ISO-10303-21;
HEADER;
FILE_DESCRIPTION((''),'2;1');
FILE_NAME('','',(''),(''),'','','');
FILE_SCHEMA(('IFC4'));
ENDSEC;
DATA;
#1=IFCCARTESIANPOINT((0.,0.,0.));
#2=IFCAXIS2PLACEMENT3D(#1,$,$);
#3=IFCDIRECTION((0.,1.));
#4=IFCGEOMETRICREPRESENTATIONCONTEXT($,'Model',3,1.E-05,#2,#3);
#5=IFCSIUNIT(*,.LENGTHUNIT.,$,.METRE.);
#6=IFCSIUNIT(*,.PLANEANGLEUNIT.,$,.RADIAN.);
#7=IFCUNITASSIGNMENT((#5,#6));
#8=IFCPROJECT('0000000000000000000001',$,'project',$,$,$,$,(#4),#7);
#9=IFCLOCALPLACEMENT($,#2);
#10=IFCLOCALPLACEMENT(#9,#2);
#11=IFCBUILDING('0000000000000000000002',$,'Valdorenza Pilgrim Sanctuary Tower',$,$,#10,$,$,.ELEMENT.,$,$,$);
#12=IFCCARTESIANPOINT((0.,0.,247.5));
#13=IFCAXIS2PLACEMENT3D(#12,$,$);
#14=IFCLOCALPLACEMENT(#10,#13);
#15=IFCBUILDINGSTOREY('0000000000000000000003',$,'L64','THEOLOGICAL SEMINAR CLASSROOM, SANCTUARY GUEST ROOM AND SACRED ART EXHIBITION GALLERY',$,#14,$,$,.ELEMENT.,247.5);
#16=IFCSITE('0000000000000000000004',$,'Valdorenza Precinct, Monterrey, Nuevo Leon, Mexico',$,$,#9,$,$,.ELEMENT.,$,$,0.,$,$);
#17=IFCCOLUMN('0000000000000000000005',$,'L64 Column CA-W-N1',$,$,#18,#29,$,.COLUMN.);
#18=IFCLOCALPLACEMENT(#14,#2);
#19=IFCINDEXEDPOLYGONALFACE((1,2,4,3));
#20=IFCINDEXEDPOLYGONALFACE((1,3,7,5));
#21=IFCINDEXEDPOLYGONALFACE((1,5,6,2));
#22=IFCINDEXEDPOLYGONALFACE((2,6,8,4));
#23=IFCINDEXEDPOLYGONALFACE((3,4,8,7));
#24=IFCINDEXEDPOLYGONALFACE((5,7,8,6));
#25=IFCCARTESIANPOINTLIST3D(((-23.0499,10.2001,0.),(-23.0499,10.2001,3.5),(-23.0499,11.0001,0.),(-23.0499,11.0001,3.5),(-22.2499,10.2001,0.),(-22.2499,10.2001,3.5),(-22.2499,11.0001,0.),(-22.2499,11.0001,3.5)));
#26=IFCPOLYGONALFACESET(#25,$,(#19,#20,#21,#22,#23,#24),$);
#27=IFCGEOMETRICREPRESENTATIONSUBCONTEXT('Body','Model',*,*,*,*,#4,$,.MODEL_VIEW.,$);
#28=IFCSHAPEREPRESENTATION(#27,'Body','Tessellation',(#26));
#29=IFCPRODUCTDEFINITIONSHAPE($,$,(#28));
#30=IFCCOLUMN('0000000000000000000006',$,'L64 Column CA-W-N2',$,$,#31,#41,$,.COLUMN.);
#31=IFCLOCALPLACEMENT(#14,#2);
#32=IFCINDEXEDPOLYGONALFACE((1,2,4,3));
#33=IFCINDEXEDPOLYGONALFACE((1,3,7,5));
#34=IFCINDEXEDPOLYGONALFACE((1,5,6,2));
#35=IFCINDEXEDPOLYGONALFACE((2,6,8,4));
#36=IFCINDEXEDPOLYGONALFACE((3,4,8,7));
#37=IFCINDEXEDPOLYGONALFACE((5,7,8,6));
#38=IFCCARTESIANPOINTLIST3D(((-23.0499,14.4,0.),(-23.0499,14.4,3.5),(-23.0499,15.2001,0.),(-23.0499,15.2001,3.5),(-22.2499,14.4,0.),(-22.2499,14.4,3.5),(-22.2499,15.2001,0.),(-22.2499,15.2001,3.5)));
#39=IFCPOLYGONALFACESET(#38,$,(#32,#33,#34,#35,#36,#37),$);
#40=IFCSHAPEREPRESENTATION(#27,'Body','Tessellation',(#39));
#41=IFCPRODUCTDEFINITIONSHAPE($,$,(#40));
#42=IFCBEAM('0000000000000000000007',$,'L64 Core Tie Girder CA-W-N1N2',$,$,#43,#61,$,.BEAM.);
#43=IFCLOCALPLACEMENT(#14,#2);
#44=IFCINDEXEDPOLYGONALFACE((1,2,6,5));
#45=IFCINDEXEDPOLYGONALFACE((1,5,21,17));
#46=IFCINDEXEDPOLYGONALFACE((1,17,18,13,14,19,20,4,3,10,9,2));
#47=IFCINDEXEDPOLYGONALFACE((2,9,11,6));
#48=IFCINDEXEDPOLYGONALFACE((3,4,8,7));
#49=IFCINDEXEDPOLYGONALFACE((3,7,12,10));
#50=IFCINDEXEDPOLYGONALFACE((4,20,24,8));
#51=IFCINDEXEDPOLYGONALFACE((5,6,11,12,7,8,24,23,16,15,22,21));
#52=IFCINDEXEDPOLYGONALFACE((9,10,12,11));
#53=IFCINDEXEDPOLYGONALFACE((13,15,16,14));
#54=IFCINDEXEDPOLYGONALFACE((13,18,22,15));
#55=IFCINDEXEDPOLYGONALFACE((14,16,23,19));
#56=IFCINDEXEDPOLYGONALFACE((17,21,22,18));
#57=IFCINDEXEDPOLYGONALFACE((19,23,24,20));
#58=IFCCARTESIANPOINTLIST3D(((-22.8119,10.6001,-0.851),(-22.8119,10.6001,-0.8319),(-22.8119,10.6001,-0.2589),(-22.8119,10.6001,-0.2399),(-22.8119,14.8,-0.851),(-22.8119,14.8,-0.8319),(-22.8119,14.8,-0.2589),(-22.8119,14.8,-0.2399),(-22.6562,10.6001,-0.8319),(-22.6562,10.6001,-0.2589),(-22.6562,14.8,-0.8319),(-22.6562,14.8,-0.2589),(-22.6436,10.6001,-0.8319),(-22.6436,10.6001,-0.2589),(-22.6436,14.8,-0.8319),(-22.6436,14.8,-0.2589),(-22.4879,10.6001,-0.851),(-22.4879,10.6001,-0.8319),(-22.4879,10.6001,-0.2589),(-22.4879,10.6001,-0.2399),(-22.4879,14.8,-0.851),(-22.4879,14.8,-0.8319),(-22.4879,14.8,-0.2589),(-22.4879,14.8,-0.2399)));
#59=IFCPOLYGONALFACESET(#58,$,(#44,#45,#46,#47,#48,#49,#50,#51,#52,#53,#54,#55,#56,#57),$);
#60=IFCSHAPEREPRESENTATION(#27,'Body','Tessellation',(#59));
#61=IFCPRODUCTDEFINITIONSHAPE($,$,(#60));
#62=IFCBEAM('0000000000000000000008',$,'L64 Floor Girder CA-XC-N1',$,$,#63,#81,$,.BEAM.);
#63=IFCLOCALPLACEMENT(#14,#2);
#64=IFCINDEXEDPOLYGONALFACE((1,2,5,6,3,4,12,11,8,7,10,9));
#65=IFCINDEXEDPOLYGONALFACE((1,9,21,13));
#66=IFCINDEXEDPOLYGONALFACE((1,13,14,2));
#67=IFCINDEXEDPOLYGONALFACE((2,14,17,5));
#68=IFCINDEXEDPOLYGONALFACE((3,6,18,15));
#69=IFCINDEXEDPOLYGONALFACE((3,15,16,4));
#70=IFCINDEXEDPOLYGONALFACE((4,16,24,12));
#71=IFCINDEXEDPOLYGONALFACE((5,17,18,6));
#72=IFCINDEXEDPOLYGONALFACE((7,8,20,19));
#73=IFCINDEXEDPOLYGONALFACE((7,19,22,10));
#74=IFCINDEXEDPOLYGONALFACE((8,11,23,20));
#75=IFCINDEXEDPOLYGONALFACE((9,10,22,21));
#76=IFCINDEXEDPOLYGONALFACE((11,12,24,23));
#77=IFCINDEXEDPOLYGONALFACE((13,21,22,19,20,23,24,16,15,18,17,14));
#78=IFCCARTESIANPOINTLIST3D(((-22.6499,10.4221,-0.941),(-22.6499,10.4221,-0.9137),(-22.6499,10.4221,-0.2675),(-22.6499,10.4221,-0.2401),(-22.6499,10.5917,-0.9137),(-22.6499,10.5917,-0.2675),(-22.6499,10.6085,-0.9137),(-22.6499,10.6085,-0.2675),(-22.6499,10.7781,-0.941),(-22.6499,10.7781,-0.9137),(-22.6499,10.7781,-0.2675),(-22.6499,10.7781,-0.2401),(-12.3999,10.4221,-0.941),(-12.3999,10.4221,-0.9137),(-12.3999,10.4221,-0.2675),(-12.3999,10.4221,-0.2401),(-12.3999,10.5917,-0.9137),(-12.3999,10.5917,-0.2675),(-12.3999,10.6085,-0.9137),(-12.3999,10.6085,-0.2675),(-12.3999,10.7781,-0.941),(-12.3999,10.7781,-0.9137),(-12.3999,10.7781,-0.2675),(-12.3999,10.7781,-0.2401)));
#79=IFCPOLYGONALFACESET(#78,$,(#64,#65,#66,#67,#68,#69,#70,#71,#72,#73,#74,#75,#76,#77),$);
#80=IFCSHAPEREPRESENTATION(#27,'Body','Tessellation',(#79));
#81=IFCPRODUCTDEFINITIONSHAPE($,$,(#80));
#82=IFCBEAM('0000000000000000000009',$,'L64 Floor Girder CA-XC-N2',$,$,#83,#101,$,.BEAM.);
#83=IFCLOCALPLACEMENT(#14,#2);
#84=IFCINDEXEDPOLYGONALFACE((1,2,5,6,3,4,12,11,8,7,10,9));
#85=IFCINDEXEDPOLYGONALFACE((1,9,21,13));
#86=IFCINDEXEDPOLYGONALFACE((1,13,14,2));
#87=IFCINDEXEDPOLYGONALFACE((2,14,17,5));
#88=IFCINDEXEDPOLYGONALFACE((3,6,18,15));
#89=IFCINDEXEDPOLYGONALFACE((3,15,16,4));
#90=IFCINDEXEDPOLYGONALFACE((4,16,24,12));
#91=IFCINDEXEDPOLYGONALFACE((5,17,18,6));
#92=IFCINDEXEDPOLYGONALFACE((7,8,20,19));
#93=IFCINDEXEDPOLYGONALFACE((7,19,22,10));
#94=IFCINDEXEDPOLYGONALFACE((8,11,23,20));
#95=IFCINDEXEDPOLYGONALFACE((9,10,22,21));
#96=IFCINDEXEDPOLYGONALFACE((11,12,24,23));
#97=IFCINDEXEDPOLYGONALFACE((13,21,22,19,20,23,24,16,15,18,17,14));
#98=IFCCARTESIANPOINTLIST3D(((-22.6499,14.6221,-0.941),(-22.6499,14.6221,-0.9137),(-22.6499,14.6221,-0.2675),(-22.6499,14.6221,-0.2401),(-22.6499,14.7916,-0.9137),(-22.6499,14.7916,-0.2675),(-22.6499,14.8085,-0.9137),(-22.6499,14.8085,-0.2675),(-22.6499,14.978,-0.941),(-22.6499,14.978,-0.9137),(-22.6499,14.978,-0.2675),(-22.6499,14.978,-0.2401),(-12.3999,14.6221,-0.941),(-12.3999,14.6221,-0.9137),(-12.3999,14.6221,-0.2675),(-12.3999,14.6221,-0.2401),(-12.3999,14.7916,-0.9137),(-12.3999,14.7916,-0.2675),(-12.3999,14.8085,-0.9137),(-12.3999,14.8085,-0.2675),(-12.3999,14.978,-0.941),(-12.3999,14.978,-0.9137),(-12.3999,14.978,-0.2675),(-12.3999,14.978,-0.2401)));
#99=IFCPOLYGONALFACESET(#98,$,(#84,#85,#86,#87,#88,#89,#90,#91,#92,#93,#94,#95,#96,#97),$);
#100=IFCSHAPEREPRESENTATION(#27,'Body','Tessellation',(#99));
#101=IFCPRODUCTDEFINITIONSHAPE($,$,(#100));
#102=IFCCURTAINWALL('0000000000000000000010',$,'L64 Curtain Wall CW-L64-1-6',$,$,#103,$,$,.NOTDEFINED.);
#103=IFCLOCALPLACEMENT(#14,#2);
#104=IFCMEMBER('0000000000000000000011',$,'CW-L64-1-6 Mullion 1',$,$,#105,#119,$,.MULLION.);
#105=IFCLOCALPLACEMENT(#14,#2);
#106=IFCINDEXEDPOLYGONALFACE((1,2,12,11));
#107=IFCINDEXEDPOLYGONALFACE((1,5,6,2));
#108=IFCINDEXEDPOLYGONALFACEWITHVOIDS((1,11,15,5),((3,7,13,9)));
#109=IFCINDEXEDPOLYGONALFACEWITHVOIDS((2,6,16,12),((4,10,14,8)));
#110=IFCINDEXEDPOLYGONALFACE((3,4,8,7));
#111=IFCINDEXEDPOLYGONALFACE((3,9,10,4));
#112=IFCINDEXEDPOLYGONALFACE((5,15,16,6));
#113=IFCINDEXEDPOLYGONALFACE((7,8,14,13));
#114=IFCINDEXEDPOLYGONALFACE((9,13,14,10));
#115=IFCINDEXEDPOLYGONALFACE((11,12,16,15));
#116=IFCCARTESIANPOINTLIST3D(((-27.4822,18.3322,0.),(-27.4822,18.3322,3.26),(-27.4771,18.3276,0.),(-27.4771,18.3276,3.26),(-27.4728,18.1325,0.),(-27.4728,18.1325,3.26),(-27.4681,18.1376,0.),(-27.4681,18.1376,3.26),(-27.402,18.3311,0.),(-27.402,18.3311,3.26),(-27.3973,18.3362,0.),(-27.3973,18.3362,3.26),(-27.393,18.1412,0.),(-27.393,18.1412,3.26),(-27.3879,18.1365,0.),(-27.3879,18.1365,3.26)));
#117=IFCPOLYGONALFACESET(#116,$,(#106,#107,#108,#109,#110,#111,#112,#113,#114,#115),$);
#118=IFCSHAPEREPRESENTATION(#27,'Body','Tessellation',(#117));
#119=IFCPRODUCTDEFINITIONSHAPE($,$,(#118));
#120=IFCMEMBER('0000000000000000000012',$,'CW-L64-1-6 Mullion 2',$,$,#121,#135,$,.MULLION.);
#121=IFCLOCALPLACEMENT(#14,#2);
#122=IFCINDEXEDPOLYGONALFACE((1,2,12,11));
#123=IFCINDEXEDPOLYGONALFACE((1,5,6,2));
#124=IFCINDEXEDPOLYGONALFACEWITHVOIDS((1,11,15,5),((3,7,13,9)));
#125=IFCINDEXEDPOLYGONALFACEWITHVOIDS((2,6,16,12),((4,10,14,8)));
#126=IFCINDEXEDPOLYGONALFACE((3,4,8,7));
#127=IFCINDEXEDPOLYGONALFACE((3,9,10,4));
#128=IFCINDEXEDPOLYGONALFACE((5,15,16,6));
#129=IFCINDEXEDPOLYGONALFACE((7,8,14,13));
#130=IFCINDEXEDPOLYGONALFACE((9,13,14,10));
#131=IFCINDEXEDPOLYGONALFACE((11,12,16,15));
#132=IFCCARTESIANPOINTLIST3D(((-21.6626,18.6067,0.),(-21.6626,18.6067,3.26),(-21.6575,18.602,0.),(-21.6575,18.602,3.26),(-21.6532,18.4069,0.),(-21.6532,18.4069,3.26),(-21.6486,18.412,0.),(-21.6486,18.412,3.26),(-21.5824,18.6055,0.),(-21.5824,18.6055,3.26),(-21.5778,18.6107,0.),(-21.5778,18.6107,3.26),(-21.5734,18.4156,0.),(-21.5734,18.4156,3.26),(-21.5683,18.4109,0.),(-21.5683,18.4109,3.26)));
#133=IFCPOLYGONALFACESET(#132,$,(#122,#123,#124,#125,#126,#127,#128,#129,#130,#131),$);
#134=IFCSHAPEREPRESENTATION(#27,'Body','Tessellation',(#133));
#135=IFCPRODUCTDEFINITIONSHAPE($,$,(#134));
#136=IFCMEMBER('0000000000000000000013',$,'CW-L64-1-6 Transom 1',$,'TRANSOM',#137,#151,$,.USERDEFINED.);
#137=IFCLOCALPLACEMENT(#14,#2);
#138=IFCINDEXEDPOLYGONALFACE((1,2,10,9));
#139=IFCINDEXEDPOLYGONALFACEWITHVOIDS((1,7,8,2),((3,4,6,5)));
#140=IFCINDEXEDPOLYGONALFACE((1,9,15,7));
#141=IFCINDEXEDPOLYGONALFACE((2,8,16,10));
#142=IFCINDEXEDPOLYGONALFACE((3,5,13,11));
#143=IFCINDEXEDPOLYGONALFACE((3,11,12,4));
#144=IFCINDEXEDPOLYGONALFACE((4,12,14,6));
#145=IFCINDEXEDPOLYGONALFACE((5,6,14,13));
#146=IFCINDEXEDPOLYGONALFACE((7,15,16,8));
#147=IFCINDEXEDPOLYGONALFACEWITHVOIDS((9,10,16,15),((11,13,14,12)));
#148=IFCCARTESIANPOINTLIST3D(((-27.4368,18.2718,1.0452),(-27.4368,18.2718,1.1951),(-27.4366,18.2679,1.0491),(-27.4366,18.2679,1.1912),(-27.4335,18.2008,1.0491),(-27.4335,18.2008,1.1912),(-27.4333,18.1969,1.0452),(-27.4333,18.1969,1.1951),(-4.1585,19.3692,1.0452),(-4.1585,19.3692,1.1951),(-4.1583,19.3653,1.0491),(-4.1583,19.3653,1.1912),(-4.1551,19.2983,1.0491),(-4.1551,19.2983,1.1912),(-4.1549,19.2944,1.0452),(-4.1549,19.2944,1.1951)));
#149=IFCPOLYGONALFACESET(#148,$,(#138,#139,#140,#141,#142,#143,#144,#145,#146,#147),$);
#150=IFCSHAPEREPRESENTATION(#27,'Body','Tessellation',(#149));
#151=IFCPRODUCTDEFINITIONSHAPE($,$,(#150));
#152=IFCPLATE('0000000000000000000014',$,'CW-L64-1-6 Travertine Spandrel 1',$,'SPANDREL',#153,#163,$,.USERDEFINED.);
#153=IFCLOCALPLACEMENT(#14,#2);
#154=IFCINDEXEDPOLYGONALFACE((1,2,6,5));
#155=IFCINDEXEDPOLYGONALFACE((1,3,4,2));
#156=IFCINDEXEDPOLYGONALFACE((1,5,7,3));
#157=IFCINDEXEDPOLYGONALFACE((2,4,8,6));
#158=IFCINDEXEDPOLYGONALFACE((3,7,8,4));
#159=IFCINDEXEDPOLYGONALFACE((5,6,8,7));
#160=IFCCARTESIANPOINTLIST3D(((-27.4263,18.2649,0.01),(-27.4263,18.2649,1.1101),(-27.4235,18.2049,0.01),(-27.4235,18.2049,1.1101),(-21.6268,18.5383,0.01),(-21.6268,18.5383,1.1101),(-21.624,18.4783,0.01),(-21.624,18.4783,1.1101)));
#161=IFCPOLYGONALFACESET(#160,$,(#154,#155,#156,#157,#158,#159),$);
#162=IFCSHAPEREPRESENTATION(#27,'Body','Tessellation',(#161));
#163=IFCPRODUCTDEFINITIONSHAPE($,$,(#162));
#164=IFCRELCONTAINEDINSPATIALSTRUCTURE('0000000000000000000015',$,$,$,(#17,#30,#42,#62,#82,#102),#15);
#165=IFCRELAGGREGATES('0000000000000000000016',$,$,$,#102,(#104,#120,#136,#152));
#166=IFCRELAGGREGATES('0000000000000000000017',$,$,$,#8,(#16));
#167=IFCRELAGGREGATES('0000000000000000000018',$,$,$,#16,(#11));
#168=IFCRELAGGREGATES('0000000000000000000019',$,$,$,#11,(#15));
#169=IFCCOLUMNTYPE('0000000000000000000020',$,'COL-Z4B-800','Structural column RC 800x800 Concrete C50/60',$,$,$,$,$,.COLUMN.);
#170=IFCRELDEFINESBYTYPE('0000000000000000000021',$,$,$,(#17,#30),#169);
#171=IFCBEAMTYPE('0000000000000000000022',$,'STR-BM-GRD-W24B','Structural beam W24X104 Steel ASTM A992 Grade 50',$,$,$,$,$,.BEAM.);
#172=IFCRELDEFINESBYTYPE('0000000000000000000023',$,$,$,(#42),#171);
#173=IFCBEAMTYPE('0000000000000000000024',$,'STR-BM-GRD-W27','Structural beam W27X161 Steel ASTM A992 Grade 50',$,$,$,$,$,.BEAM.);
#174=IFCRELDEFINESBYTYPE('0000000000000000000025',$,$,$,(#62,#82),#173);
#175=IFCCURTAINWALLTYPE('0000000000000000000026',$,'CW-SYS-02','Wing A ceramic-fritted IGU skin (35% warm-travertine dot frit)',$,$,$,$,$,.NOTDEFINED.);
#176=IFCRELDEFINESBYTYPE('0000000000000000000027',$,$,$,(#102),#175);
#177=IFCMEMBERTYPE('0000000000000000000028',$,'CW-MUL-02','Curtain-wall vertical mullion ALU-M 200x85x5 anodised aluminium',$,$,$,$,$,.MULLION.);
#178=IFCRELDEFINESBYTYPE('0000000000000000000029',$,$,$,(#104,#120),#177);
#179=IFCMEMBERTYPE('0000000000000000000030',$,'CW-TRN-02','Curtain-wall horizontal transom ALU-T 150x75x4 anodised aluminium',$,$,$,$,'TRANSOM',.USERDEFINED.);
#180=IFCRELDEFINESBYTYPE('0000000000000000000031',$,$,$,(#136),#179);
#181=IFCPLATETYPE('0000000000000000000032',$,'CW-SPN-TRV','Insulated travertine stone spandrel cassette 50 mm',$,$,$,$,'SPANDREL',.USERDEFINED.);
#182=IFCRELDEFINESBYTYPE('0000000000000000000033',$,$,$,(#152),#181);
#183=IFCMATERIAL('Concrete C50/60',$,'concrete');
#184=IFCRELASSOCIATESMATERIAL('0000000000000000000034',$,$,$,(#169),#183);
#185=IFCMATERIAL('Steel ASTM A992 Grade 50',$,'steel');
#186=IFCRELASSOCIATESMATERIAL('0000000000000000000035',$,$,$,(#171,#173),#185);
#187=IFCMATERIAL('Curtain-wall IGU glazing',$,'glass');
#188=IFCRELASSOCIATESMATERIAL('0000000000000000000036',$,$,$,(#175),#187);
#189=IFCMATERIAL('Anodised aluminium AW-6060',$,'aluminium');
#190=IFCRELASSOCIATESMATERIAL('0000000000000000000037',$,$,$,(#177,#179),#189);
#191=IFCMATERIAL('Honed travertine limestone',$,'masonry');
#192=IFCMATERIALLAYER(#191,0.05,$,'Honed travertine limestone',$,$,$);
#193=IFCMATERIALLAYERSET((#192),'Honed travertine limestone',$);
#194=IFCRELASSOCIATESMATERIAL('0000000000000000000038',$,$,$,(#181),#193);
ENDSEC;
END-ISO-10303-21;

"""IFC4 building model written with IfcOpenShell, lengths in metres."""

from ifc_helpers import new_model, si_unit, direction, frame, origin, origin_2d, place, context, subcontext, project, spatial, rectangle, hollow_rectangle, i_section, extrude, source, transform, mapped, material, layer, layer_set, material_profile, profile_set, type_object, element, aggregate, save


model = new_model("IFC4")

# Units and contexts
model_context = context("Model", 3, precision=1e-05, world=origin(), true_north=direction((0.0, 1.0)))
body_context = subcontext(model_context, "Body", "Model", "MODEL_VIEW")
ifc_project = project(units=[si_unit("LENGTHUNIT", "METRE"), si_unit("PLANEANGLEUNIT", "RADIAN")], contexts=[model_context])

# Site, building, storey
site_placement = place(None, origin())
site = spatial("IfcSite", under=ifc_project, at=site_placement, Name="Valdorenza Precinct, Monterrey, Nuevo Leon, Mexico", CompositionType="ELEMENT", RefElevation=0.0)
building_placement = place(site_placement, origin())
building = spatial("IfcBuilding", under=site, at=building_placement, Name="Valdorenza Pilgrim Sanctuary Tower", CompositionType="ELEMENT")
storey_placement = place(building_placement, frame((0.0, 0.0, 247.5)))
storey = spatial("IfcBuildingStorey", under=building, at=storey_placement, Name="L64", Description="THEOLOGICAL SEMINAR CLASSROOM, SANCTUARY GUEST ROOM AND SACRED ART EXHIBITION GALLERY", CompositionType="ELEMENT", Elevation=247.5)

# Columns
ifc_material_1 = material(Name="Concrete C50/60", Category="concrete")
ifc_material_profile_1 = material_profile(ifc_material_1, rectangle(XDim=0.8, YDim=0.8, at=origin_2d()), Name="RC 800x800")
ifc_profile_set_1 = profile_set([ifc_material_profile_1], Name="Concrete C50/60")
column_type = type_object("IfcColumnType", Name="COL-Z4B-800", Description="Structural column RC 800x800 Concrete C50/60", PredefinedType="COLUMN", material=ifc_profile_set_1)
shared_shape_1 = source(origin(), body_context, "Body", "SweptSolid", [
    extrude(rectangle(XDim=0.8, YDim=0.8, at=origin_2d()), origin(), (0.0, 0.0, 1.0), 3.5),
])
for number, where, z_axis, x_axis, name in (
    (1, (-22.6499, 10.6001, 0.0), (0.0, 0.0, 1.0), (1.0, 0.0, 0.0), "L64 Column CA-W-N1"),
    (2, (-22.6499, 14.8, 0.0), (0.0, 0.0, 1.0), (1.0, 0.0, 0.0), "L64 Column CA-W-N2"),
):
    element("IfcColumn", number, at=place(storey_placement, frame(where, z_axis=z_axis, x_axis=x_axis)), inside=storey, type_object=column_type, Name=name, PredefinedType="COLUMN", context=body_context, shape_type="MappedRepresentation", body=[
        mapped(shared_shape_1, transform((0.0, 0.0, 0.0), x_axis=(1.0, 0.0, 0.0), y_axis=(0.0, 1.0, 0.0), z_axis=(0.0, 0.0, 1.0), scale=1.0)),
    ])

# Beams
ifc_material_2 = material(Name="Steel ASTM A992 Grade 50", Category="steel")
ifc_material_profile_2 = material_profile(ifc_material_2, i_section(OverallWidth=0.324, OverallDepth=0.6111, WebThickness=0.0127, FlangeThickness=0.019, at=origin_2d()), Name="W24X104")
ifc_profile_set_2 = profile_set([ifc_material_profile_2], Name="Steel ASTM A992 Grade 50")
beam_type_1 = type_object("IfcBeamType", Name="STR-BM-GRD-W24B", Description="Structural beam W24X104 Steel ASTM A992 Grade 50", PredefinedType="BEAM", material=ifc_profile_set_2)
shared_shape_2 = source(origin(), body_context, "Body", "SweptSolid", [
    extrude(i_section(OverallWidth=0.324, OverallDepth=0.6111, WebThickness=0.0127, FlangeThickness=0.019, at=origin_2d()), origin(), (0.0, 0.0, 1.0), 4.2),
])
beam_placement = place(storey_placement, frame((-22.6499, 10.6001, -0.5454), z_axis=(0.0, 1.0, 0.0), x_axis=(-1.0, 0.0, 0.0)))
element("IfcBeam", 3, at=beam_placement, inside=storey, type_object=beam_type_1, Name="L64 Core Tie Girder CA-W-N1N2", PredefinedType="BEAM", context=body_context, shape_type="MappedRepresentation", body=[
    mapped(shared_shape_2, transform((0.0, 0.0, 0.0), x_axis=(1.0, 0.0, 0.0), y_axis=(0.0, 1.0, 0.0), z_axis=(0.0, 0.0, 1.0), scale=1.0)),
])
ifc_material_profile_3 = material_profile(ifc_material_2, i_section(OverallWidth=0.356, OverallDepth=0.7009, WebThickness=0.0168, FlangeThickness=0.0273, at=origin_2d()), Name="W27X161")
ifc_profile_set_3 = profile_set([ifc_material_profile_3], Name="Steel ASTM A992 Grade 50")
beam_type_2 = type_object("IfcBeamType", Name="STR-BM-GRD-W27", Description="Structural beam W27X161 Steel ASTM A992 Grade 50", PredefinedType="BEAM", material=ifc_profile_set_3)
shared_shape_3 = source(origin(), body_context, "Body", "SweptSolid", [
    extrude(i_section(OverallWidth=0.356, OverallDepth=0.7009, WebThickness=0.0168, FlangeThickness=0.0273, at=origin_2d()), origin(), (0.0, 0.0, 1.0), 10.25),
])
for number, where, z_axis, x_axis, name in (
    (4, (-22.6499, 10.6001, -0.5906), (1.0, 0.0, 0.0), (0.0, 1.0, 0.0), "L64 Floor Girder CA-XC-N1"),
    (5, (-22.6499, 14.8, -0.5906), (1.0, 0.0, 0.0), (0.0, 1.0, 0.0), "L64 Floor Girder CA-XC-N2"),
):
    element("IfcBeam", number, at=place(storey_placement, frame(where, z_axis=z_axis, x_axis=x_axis)), inside=storey, type_object=beam_type_2, Name=name, PredefinedType="BEAM", context=body_context, shape_type="MappedRepresentation", body=[
        mapped(shared_shape_3, transform((0.0, 0.0, 0.0), x_axis=(1.0, 0.0, 0.0), y_axis=(0.0, 1.0, 0.0), z_axis=(0.0, 0.0, 1.0), scale=1.0)),
    ])

# Curtain wall, members, plate
ifc_material_3 = material(Name="Curtain-wall IGU glazing", Category="glass")
curtain_wall_type = type_object("IfcCurtainWallType", Name="CW-SYS-02", Description="Wing A ceramic-fritted IGU skin (35% warm-travertine dot frit)", PredefinedType="NOTDEFINED", material=ifc_material_3)
curtain_wall_placement = place(storey_placement, origin())
curtain_wall = element("IfcCurtainWall", 6, at=curtain_wall_placement, inside=storey, type_object=curtain_wall_type, Name="L64 Curtain Wall CW-L64-1-6", PredefinedType="NOTDEFINED")
ifc_material_4 = material(Name="Anodised aluminium AW-6060", Category="aluminium")
ifc_material_profile_4 = material_profile(ifc_material_4, hollow_rectangle(XDim=0.085, YDim=0.2, WallThickness=0.0049, at=origin_2d()), Name="ALU-M 200x85x5")
ifc_profile_set_4 = profile_set([ifc_material_profile_4], Name="Anodised aluminium AW-6060")
member_type_1 = type_object("IfcMemberType", Name="CW-MUL-02", Description="Curtain-wall vertical mullion ALU-M 200x85x5 anodised aluminium", PredefinedType="MULLION", material=ifc_profile_set_4)
shared_shape_4 = source(origin(), body_context, "Body", "SweptSolid", [
    extrude(hollow_rectangle(XDim=0.085, YDim=0.2, WallThickness=0.0049, at=origin_2d()), origin(), (0.0, 0.0, 1.0), 3.26),
])
member_1_placement = place(storey_placement, frame((-27.4351, 18.2344, 0.0), z_axis=(0.0, 0.0, 1.0), x_axis=(0.998891, 0.047089, 0.0)))
member_1 = element("IfcMember", 7, at=member_1_placement, type_object=member_type_1, Name="CW-L64-1-6 Mullion 1", PredefinedType="MULLION", context=body_context, shape_type="MappedRepresentation", body=[
    mapped(shared_shape_4, transform((0.0, 0.0, 0.0), x_axis=(1.0, 0.0, 0.0), y_axis=(0.0, 1.0, 0.0), z_axis=(0.0, 0.0, 1.0), scale=1.0)),
])
member_2_placement = place(storey_placement, frame((-21.6155, 18.5088, 0.0), z_axis=(0.0, 0.0, 1.0), x_axis=(0.998891, 0.047089, 0.0)))
member_2 = element("IfcMember", 8, at=member_2_placement, type_object=member_type_1, Name="CW-L64-1-6 Mullion 2", PredefinedType="MULLION", context=body_context, shape_type="MappedRepresentation", body=[
    mapped(shared_shape_4, transform((0.0, 0.0, 0.0), x_axis=(1.0, 0.0, 0.0), y_axis=(0.0, 1.0, 0.0), z_axis=(0.0, 0.0, 1.0), scale=1.0)),
])
ifc_material_profile_5 = material_profile(ifc_material_4, hollow_rectangle(XDim=0.075, YDim=0.1499, WallThickness=0.0039, at=origin_2d()), Name="ALU-T 150x75x4")
ifc_profile_set_5 = profile_set([ifc_material_profile_5], Name="Anodised aluminium AW-6060")
member_type_2 = type_object("IfcMemberType", Name="CW-TRN-02", Description="Curtain-wall horizontal transom ALU-T 150x75x4 anodised aluminium", ElementType="TRANSOM", PredefinedType="USERDEFINED", material=ifc_profile_set_5)
shared_shape_5 = source(origin(), body_context, "Body", "SweptSolid", [
    extrude(hollow_rectangle(XDim=0.075, YDim=0.1499, WallThickness=0.0039, at=origin_2d()), origin(), (0.0, 0.0, 1.0), 23.3042),
])
member_3_placement = place(storey_placement, frame((-27.4351, 18.2344, 1.1201), z_axis=(0.998891, 0.047091, 0.0), x_axis=(-0.047091, 0.998891, 0.0)))
member_3 = element("IfcMember", 9, at=member_3_placement, type_object=member_type_2, Name="CW-L64-1-6 Transom 1", ObjectType="TRANSOM", PredefinedType="USERDEFINED", context=body_context, shape_type="MappedRepresentation", body=[
    mapped(shared_shape_5, transform((0.0, 0.0, 0.0), x_axis=(1.0, 0.0, 0.0), y_axis=(0.0, 1.0, 0.0), z_axis=(0.0, 0.0, 1.0), scale=1.0)),
])
ifc_material_5 = material(Name="Honed travertine limestone", Category="masonry")
ifc_layer_1 = layer(ifc_material_5, 0.05, Name="Honed travertine limestone")
ifc_layer_set_1 = layer_set([ifc_layer_1], Name="Honed travertine limestone")
plate_type_1 = type_object("IfcPlateType", Name="CW-SPN-TRV", Description="Insulated travertine stone spandrel cassette 50 mm", ElementType="SPANDREL", PredefinedType="USERDEFINED", material=ifc_layer_set_1)
shared_shape_6 = source(origin(), body_context, "Body", "SweptSolid", [
    extrude(rectangle(XDim=5.8059, YDim=0.0601, at=origin_2d()), origin(), (0.0, 0.0, 1.0), 1.1001),
])
plate_1_placement = place(storey_placement, frame((-24.5251, 18.3716, 0.01), z_axis=(0.0, 0.0, 1.0), x_axis=(0.998891, 0.047089, 0.0)))
plate_1 = element("IfcPlate", 10, at=plate_1_placement, type_object=plate_type_1, Name="CW-L64-1-6 Travertine Spandrel 1", ObjectType="SPANDREL", PredefinedType="USERDEFINED", context=body_context, shape_type="MappedRepresentation", body=[
    mapped(shared_shape_6, transform((0.0, 0.0, 0.0), x_axis=(1.0, 0.0, 0.0), y_axis=(0.0, 1.0, 0.0), z_axis=(0.0, 0.0, 1.0), scale=1.0)),
])
aggregate(curtain_wall, [member_1, member_2, member_3, plate_1])

save(model, "model.ifc")
